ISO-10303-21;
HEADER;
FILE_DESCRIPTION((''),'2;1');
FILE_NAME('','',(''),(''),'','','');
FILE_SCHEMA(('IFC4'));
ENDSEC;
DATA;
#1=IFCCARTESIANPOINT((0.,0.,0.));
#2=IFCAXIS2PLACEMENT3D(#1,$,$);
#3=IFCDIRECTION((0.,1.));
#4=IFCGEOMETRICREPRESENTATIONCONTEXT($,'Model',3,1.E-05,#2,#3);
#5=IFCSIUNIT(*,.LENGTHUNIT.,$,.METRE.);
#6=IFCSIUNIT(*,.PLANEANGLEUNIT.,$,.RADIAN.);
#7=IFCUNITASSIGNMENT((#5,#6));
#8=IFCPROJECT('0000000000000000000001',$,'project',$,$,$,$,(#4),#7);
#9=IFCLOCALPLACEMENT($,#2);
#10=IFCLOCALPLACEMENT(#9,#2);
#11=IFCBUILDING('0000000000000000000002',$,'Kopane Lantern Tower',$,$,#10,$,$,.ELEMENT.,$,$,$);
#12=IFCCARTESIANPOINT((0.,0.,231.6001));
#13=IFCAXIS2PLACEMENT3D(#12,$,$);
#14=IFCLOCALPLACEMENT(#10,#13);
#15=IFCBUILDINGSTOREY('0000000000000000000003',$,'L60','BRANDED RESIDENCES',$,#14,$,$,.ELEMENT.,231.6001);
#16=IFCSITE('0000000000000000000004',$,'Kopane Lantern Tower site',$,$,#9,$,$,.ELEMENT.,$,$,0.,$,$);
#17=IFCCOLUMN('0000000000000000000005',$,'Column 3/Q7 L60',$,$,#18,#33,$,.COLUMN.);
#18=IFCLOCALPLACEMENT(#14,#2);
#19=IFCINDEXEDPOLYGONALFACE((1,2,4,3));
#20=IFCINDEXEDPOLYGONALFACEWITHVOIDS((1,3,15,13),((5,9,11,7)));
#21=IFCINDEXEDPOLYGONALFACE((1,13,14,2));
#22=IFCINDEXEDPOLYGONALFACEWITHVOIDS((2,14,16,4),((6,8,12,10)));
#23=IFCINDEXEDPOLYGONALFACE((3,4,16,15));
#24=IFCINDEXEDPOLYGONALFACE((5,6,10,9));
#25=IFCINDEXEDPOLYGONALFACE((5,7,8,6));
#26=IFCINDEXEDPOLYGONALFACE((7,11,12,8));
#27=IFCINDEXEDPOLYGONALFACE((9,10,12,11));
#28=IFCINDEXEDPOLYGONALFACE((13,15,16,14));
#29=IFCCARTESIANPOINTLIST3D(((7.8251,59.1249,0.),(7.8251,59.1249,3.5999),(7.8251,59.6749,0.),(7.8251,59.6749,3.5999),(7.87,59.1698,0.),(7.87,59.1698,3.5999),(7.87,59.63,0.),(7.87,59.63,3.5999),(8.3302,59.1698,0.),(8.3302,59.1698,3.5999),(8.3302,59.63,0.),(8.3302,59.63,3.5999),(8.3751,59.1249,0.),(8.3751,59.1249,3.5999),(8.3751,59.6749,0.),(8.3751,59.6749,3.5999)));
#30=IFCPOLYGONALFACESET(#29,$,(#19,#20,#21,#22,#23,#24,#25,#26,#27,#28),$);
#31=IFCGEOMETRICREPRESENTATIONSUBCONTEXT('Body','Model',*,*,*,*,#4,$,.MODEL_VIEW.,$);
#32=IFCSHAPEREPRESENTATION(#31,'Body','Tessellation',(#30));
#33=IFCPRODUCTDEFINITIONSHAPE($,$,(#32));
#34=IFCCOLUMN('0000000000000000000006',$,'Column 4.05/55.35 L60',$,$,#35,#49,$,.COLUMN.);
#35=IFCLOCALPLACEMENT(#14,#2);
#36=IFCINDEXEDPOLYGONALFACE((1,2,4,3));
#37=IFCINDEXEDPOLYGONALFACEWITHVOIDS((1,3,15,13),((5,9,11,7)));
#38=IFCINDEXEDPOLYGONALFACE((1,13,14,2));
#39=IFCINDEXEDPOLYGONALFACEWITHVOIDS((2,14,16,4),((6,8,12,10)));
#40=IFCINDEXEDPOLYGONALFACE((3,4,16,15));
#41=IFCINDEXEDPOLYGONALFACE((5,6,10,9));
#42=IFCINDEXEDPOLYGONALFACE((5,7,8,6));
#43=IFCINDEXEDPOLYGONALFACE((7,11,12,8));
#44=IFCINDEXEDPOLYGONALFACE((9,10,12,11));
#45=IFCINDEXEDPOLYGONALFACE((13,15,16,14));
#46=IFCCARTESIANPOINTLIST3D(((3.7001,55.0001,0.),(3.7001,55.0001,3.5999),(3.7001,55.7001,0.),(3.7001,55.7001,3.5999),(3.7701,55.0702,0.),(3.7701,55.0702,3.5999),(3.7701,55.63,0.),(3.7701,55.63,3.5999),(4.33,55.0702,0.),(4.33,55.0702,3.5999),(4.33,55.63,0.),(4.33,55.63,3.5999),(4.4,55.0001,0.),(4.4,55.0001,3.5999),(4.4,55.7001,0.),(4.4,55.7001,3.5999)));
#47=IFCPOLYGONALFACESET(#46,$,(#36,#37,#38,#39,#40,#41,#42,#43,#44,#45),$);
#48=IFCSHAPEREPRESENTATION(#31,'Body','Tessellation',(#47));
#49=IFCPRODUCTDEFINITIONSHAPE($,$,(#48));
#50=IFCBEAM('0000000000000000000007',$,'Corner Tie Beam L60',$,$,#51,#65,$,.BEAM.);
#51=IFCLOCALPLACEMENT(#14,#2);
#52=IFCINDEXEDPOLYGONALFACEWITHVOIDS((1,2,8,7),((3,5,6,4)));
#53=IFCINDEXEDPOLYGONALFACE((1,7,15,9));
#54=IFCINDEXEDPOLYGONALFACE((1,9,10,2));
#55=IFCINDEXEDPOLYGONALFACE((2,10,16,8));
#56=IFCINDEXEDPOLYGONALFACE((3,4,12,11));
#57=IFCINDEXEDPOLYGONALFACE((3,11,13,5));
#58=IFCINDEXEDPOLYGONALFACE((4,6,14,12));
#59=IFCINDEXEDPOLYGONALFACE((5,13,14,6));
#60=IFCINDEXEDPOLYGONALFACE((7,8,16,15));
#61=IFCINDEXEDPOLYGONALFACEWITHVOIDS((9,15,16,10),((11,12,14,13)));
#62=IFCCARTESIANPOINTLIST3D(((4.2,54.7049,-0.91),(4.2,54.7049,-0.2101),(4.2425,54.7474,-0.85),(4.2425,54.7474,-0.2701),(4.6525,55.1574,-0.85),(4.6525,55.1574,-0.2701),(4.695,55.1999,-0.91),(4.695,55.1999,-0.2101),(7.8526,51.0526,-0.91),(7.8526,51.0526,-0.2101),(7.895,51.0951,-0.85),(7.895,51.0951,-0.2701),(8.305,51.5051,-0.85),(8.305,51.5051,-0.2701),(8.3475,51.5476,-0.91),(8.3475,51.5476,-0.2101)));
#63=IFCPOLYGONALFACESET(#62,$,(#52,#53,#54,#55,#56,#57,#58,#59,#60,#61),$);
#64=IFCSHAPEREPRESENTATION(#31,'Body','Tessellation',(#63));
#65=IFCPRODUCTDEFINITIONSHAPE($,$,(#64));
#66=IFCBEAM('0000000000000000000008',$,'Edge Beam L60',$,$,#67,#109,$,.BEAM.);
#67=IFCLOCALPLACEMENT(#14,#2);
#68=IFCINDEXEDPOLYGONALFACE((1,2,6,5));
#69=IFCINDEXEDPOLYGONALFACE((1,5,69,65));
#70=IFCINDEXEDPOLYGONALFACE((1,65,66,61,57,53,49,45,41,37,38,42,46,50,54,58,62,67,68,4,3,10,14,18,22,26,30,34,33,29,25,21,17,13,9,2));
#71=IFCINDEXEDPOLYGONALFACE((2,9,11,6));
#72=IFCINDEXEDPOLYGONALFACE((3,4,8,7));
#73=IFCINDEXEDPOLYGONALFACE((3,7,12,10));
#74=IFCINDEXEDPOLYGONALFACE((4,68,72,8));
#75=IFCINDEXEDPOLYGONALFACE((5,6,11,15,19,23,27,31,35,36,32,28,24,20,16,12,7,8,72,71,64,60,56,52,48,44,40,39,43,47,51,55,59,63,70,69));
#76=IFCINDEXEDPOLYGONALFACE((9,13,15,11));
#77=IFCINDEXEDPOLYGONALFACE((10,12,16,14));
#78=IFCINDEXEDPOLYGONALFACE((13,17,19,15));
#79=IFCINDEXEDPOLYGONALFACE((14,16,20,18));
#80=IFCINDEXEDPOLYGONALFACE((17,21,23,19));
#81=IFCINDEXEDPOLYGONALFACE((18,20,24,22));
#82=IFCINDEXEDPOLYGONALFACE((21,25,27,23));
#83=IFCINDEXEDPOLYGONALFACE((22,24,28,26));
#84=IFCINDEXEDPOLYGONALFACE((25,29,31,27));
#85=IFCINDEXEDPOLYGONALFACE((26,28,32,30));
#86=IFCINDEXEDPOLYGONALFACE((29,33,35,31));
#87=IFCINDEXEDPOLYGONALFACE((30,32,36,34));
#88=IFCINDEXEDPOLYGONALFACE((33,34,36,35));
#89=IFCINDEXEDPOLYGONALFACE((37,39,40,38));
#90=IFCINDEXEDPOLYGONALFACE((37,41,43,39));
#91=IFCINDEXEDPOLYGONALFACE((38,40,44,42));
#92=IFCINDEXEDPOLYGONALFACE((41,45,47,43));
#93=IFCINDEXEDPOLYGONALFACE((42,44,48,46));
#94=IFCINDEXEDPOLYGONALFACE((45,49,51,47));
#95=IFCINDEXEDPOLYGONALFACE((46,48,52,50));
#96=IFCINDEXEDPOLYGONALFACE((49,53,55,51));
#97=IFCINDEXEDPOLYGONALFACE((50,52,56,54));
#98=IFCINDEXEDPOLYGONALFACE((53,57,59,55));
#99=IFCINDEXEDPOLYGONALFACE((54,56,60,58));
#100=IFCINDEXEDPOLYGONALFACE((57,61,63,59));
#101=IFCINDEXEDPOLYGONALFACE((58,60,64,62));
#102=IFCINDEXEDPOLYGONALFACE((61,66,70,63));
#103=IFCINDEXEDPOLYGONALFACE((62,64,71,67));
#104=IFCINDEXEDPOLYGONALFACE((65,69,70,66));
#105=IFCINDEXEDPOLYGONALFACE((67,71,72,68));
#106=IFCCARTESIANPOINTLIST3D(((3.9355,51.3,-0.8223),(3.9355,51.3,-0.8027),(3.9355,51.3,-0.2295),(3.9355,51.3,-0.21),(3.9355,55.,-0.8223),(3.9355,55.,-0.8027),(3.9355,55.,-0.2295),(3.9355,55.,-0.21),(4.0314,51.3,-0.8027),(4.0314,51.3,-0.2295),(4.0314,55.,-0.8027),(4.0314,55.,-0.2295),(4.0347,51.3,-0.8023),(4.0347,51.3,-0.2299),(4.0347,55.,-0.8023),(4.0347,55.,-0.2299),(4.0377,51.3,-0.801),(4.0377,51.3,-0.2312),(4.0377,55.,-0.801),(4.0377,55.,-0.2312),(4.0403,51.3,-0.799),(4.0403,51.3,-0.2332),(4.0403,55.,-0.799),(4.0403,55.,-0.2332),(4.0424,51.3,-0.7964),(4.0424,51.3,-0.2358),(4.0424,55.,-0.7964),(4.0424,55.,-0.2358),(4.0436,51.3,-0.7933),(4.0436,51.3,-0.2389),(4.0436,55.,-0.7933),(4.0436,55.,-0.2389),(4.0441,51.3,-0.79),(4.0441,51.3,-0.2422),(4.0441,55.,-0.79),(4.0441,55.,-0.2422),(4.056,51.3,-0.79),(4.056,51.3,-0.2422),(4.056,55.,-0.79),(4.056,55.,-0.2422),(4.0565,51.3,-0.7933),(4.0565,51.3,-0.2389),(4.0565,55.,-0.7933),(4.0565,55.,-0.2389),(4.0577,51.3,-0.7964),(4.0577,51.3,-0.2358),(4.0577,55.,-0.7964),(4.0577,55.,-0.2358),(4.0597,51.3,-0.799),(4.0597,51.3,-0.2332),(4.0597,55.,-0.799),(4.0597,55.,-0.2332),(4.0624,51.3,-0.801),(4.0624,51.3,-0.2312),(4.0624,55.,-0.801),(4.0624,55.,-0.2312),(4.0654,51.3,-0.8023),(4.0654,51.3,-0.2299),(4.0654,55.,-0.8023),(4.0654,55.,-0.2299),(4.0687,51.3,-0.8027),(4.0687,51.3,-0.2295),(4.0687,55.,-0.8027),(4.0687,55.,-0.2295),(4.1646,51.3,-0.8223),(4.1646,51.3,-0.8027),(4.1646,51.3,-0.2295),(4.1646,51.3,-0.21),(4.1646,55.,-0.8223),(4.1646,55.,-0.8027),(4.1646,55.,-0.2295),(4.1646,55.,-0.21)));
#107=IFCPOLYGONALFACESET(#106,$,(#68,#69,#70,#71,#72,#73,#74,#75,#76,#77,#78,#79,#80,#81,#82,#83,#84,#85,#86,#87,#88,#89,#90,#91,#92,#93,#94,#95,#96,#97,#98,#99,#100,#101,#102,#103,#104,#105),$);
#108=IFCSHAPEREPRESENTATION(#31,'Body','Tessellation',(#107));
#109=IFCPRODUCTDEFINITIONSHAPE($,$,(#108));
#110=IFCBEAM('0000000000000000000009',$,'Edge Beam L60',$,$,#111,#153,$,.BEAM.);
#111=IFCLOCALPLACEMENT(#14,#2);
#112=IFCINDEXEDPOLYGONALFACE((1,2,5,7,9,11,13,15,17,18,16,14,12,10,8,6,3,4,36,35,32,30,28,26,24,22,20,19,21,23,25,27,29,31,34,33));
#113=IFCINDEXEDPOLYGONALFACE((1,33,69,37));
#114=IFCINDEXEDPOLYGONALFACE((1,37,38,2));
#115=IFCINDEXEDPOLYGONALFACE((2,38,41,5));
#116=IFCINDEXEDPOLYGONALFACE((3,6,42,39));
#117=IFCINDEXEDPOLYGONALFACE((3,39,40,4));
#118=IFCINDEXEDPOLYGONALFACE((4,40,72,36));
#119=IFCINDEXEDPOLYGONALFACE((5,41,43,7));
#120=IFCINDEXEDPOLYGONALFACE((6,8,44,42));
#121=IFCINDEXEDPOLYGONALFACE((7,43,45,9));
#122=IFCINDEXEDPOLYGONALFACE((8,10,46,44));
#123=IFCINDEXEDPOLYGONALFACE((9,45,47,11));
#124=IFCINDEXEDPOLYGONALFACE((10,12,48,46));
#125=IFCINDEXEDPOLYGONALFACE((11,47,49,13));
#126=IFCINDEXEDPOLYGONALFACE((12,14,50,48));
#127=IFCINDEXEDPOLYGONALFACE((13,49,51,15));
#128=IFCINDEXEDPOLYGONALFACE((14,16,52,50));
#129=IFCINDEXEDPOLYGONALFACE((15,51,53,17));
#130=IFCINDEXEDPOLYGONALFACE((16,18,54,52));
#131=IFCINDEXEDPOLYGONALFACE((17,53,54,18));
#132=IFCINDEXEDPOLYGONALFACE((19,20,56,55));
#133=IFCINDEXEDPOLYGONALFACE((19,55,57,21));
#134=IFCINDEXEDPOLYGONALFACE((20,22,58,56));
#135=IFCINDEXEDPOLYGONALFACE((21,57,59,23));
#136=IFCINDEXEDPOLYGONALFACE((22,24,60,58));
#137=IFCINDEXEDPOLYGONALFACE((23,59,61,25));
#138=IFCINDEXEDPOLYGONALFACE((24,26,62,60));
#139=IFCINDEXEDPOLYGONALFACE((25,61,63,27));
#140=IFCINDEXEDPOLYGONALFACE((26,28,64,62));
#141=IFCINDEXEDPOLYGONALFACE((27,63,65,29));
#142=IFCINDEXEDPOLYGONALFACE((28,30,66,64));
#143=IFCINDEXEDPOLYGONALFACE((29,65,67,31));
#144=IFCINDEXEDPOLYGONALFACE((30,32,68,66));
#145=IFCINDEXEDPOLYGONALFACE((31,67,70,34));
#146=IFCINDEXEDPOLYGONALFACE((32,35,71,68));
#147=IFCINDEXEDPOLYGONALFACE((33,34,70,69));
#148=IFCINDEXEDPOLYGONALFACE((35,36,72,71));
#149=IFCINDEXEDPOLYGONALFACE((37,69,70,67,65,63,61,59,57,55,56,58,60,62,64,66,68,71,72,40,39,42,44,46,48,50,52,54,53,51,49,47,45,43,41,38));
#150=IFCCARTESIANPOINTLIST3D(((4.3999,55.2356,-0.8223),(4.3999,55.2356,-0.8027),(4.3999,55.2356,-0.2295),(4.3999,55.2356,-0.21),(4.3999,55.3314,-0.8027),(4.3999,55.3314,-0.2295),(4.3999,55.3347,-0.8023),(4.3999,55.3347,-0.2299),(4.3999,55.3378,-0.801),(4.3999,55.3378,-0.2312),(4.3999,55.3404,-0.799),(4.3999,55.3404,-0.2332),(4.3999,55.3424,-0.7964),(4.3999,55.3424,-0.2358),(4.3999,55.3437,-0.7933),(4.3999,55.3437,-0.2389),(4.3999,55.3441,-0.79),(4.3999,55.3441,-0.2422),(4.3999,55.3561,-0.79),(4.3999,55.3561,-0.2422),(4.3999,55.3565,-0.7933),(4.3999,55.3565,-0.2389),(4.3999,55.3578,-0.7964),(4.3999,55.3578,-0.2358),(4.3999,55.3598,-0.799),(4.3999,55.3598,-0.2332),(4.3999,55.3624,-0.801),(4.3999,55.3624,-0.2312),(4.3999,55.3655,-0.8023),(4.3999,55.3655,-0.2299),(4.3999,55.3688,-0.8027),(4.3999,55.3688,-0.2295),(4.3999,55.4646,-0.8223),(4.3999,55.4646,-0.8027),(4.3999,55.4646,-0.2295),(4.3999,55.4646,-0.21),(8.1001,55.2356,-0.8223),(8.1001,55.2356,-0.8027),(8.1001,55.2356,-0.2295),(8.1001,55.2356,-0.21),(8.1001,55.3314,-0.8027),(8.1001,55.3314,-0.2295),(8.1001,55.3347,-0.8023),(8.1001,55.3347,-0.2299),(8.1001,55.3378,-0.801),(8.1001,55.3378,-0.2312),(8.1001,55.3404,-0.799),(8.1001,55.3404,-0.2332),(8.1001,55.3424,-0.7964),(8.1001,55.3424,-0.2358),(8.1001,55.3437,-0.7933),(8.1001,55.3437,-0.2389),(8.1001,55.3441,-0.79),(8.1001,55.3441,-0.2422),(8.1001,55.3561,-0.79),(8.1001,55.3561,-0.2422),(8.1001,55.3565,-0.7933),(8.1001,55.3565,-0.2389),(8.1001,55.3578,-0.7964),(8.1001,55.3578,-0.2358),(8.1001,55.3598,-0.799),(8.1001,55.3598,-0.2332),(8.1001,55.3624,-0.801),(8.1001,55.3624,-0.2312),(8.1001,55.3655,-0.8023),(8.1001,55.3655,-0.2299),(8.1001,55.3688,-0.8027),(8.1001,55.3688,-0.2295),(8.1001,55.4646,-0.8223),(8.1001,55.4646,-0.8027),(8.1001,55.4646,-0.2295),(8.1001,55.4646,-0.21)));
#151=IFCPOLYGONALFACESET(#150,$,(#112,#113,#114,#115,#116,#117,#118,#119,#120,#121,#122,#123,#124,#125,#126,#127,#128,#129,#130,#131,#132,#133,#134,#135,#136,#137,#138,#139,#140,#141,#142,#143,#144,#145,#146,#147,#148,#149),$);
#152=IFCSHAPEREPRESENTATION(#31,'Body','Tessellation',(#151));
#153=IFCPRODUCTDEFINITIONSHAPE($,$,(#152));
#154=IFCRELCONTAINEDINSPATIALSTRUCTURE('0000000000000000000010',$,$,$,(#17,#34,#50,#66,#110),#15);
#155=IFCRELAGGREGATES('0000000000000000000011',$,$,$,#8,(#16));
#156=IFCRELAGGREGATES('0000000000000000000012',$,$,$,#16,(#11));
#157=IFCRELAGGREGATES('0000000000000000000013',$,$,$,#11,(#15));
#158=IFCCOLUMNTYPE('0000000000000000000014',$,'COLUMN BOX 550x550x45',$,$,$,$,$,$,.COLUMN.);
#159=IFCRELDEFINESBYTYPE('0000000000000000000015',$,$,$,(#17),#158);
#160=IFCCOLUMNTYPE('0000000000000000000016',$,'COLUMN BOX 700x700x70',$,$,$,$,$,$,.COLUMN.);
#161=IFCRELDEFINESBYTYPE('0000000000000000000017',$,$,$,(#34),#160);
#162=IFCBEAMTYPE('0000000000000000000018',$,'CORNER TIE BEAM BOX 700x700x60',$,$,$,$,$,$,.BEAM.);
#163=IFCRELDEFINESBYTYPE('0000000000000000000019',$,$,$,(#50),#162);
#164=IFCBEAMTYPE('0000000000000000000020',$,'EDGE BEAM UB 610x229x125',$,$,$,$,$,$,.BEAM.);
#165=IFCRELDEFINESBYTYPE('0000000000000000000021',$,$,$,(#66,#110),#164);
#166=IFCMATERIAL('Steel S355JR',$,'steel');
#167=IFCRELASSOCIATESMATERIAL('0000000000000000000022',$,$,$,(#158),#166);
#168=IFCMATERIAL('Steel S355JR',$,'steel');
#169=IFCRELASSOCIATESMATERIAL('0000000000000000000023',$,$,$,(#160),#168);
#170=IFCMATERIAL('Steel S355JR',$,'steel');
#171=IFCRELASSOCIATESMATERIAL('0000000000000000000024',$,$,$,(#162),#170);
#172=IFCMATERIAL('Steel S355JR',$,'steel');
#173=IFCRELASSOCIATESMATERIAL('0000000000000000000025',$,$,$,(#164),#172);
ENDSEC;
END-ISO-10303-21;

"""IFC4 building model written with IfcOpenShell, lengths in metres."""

from ifc_helpers import new_model, si_unit, direction, frame, origin, origin_2d, place, context, subcontext, project, spatial, hollow_rectangle, i_section, extrude, material, material_profile, profile_set, type_object, element, save


model = new_model("IFC4")

# Units and contexts
model_context = context("Model", 3, precision=1e-05, world=origin(), true_north=direction((0.0, 1.0)))
body_context = subcontext(model_context, "Body", "Model", "MODEL_VIEW")
ifc_project = project(units=[si_unit("LENGTHUNIT", "METRE"), si_unit("PLANEANGLEUNIT", "RADIAN")], contexts=[model_context])

# Site, building, storey
site_placement = place(None, origin())
site = spatial("IfcSite", under=ifc_project, at=site_placement, Name="Kopane Lantern Tower site", CompositionType="ELEMENT", RefElevation=0.0)
building_placement = place(site_placement, origin())
building = spatial("IfcBuilding", under=site, at=building_placement, Name="Kopane Lantern Tower", CompositionType="ELEMENT")
storey_placement = place(building_placement, frame((0.0, 0.0, 231.6001)))
storey = spatial("IfcBuildingStorey", under=building, at=storey_placement, Name="L60", Description="BRANDED RESIDENCES", CompositionType="ELEMENT", Elevation=231.6001)

# Columns
ifc_material_1 = material(Name="Steel S355JR", Category="steel")
ifc_material_profile_1 = material_profile(ifc_material_1, hollow_rectangle(XDim=0.55, YDim=0.55, WallThickness=0.0449, at=origin_2d()), Name="BOX 550x550x45")
ifc_profile_set_1 = profile_set([ifc_material_profile_1], Name="Steel S355JR")
column_type_1 = type_object("IfcColumnType", Name="COLUMN BOX 550x550x45", PredefinedType="COLUMN", material=ifc_profile_set_1)
column_1_placement = place(storey_placement, frame((8.1001, 59.3999, 0.0), z_axis=(0.0, 0.0, 1.0), x_axis=(1.0, 0.0, 0.0)))
element("IfcColumn", 1, at=column_1_placement, inside=storey, type_object=column_type_1, Name="Column 3/Q7 L60", PredefinedType="COLUMN", context=body_context, shape_type="SweptSolid", body=[
    extrude(hollow_rectangle(XDim=0.55, YDim=0.55, WallThickness=0.0449, at=origin_2d()), origin(), (0.0, 0.0, 1.0), 3.5999),
])
ifc_material_2 = material(Name="Steel S355JR", Category="steel")
ifc_material_profile_2 = material_profile(ifc_material_2, hollow_rectangle(XDim=0.7, YDim=0.7, WallThickness=0.0701, at=origin_2d()), Name="BOX 700x700x70")
ifc_profile_set_2 = profile_set([ifc_material_profile_2], Name="Steel S355JR")
column_type_2 = type_object("IfcColumnType", Name="COLUMN BOX 700x700x70", PredefinedType="COLUMN", material=ifc_profile_set_2)
column_2_placement = place(storey_placement, frame((4.05, 55.3501, 0.0), z_axis=(0.0, 0.0, 1.0), x_axis=(1.0, 0.0, 0.0)))
element("IfcColumn", 2, at=column_2_placement, inside=storey, type_object=column_type_2, Name="Column 4.05/55.35 L60", PredefinedType="COLUMN", context=body_context, shape_type="SweptSolid", body=[
    extrude(hollow_rectangle(XDim=0.7, YDim=0.7, WallThickness=0.0701, at=origin_2d()), origin(), (0.0, 0.0, 1.0), 3.5999),
])

# Beams
ifc_material_3 = material(Name="Steel S355JR", Category="steel")
ifc_material_profile_3 = material_profile(ifc_material_3, hollow_rectangle(XDim=0.7, YDim=0.7, WallThickness=0.0601, at=origin_2d()), Name="BOX 700x700x60")
ifc_profile_set_3 = profile_set([ifc_material_profile_3], Name="Steel S355JR")
beam_type_1 = type_object("IfcBeamType", Name="CORNER TIE BEAM BOX 700x700x60", PredefinedType="BEAM", material=ifc_profile_set_3)
beam_1_placement = place(storey_placement, frame((4.4475, 54.9524, -0.5601), z_axis=(0.70713, -0.707083, 0.0), x_axis=(0.707083, 0.70713, 0.0)))
element("IfcBeam", 3, at=beam_1_placement, inside=storey, type_object=beam_type_1, Name="Corner Tie Beam L60", PredefinedType="BEAM", context=body_context, shape_type="SweptSolid", body=[
    extrude(hollow_rectangle(XDim=0.7, YDim=0.7, WallThickness=0.0601, at=origin_2d()), origin(), (0.0, 0.0, 1.0), 5.1653),
])
ifc_material_4 = material(Name="Steel S355JR", Category="steel")
ifc_material_profile_4 = material_profile(ifc_material_4, i_section(OverallWidth=0.229, OverallDepth=0.6123, WebThickness=0.012, FlangeThickness=0.0195, FilletRadius=0.0127, at=origin_2d()), Name="UB 610x229x125")
ifc_profile_set_4 = profile_set([ifc_material_profile_4], Name="Steel S355JR")
beam_type_2 = type_object("IfcBeamType", Name="EDGE BEAM UB 610x229x125", PredefinedType="BEAM", material=ifc_profile_set_4)
beam_2_placement = place(storey_placement, frame((4.05, 55.0, -0.5161), z_axis=(0.0, -1.0, 0.0), x_axis=(1.0, 0.0, 0.0)))
element("IfcBeam", 4, at=beam_2_placement, inside=storey, type_object=beam_type_2, Name="Edge Beam L60", PredefinedType="BEAM", context=body_context, shape_type="SweptSolid", body=[
    extrude(i_section(OverallWidth=0.229, OverallDepth=0.6123, WebThickness=0.012, FlangeThickness=0.0195, FilletRadius=0.0127, at=origin_2d()), origin(), (0.0, 0.0, 1.0), 3.7),
])
beam_3_placement = place(storey_placement, frame((4.3999, 55.3501, -0.5161), z_axis=(1.0, 0.0, 0.0), x_axis=(0.0, 1.0, 0.0)))
element("IfcBeam", 5, at=beam_3_placement, inside=storey, type_object=beam_type_2, Name="Edge Beam L60", PredefinedType="BEAM", context=body_context, shape_type="SweptSolid", body=[
    extrude(i_section(OverallWidth=0.229, OverallDepth=0.6123, WebThickness=0.012, FlangeThickness=0.0195, FilletRadius=0.0127, at=origin_2d()), origin(), (0.0, 0.0, 1.0), 3.7002),
])

save(model, "model.ifc")
